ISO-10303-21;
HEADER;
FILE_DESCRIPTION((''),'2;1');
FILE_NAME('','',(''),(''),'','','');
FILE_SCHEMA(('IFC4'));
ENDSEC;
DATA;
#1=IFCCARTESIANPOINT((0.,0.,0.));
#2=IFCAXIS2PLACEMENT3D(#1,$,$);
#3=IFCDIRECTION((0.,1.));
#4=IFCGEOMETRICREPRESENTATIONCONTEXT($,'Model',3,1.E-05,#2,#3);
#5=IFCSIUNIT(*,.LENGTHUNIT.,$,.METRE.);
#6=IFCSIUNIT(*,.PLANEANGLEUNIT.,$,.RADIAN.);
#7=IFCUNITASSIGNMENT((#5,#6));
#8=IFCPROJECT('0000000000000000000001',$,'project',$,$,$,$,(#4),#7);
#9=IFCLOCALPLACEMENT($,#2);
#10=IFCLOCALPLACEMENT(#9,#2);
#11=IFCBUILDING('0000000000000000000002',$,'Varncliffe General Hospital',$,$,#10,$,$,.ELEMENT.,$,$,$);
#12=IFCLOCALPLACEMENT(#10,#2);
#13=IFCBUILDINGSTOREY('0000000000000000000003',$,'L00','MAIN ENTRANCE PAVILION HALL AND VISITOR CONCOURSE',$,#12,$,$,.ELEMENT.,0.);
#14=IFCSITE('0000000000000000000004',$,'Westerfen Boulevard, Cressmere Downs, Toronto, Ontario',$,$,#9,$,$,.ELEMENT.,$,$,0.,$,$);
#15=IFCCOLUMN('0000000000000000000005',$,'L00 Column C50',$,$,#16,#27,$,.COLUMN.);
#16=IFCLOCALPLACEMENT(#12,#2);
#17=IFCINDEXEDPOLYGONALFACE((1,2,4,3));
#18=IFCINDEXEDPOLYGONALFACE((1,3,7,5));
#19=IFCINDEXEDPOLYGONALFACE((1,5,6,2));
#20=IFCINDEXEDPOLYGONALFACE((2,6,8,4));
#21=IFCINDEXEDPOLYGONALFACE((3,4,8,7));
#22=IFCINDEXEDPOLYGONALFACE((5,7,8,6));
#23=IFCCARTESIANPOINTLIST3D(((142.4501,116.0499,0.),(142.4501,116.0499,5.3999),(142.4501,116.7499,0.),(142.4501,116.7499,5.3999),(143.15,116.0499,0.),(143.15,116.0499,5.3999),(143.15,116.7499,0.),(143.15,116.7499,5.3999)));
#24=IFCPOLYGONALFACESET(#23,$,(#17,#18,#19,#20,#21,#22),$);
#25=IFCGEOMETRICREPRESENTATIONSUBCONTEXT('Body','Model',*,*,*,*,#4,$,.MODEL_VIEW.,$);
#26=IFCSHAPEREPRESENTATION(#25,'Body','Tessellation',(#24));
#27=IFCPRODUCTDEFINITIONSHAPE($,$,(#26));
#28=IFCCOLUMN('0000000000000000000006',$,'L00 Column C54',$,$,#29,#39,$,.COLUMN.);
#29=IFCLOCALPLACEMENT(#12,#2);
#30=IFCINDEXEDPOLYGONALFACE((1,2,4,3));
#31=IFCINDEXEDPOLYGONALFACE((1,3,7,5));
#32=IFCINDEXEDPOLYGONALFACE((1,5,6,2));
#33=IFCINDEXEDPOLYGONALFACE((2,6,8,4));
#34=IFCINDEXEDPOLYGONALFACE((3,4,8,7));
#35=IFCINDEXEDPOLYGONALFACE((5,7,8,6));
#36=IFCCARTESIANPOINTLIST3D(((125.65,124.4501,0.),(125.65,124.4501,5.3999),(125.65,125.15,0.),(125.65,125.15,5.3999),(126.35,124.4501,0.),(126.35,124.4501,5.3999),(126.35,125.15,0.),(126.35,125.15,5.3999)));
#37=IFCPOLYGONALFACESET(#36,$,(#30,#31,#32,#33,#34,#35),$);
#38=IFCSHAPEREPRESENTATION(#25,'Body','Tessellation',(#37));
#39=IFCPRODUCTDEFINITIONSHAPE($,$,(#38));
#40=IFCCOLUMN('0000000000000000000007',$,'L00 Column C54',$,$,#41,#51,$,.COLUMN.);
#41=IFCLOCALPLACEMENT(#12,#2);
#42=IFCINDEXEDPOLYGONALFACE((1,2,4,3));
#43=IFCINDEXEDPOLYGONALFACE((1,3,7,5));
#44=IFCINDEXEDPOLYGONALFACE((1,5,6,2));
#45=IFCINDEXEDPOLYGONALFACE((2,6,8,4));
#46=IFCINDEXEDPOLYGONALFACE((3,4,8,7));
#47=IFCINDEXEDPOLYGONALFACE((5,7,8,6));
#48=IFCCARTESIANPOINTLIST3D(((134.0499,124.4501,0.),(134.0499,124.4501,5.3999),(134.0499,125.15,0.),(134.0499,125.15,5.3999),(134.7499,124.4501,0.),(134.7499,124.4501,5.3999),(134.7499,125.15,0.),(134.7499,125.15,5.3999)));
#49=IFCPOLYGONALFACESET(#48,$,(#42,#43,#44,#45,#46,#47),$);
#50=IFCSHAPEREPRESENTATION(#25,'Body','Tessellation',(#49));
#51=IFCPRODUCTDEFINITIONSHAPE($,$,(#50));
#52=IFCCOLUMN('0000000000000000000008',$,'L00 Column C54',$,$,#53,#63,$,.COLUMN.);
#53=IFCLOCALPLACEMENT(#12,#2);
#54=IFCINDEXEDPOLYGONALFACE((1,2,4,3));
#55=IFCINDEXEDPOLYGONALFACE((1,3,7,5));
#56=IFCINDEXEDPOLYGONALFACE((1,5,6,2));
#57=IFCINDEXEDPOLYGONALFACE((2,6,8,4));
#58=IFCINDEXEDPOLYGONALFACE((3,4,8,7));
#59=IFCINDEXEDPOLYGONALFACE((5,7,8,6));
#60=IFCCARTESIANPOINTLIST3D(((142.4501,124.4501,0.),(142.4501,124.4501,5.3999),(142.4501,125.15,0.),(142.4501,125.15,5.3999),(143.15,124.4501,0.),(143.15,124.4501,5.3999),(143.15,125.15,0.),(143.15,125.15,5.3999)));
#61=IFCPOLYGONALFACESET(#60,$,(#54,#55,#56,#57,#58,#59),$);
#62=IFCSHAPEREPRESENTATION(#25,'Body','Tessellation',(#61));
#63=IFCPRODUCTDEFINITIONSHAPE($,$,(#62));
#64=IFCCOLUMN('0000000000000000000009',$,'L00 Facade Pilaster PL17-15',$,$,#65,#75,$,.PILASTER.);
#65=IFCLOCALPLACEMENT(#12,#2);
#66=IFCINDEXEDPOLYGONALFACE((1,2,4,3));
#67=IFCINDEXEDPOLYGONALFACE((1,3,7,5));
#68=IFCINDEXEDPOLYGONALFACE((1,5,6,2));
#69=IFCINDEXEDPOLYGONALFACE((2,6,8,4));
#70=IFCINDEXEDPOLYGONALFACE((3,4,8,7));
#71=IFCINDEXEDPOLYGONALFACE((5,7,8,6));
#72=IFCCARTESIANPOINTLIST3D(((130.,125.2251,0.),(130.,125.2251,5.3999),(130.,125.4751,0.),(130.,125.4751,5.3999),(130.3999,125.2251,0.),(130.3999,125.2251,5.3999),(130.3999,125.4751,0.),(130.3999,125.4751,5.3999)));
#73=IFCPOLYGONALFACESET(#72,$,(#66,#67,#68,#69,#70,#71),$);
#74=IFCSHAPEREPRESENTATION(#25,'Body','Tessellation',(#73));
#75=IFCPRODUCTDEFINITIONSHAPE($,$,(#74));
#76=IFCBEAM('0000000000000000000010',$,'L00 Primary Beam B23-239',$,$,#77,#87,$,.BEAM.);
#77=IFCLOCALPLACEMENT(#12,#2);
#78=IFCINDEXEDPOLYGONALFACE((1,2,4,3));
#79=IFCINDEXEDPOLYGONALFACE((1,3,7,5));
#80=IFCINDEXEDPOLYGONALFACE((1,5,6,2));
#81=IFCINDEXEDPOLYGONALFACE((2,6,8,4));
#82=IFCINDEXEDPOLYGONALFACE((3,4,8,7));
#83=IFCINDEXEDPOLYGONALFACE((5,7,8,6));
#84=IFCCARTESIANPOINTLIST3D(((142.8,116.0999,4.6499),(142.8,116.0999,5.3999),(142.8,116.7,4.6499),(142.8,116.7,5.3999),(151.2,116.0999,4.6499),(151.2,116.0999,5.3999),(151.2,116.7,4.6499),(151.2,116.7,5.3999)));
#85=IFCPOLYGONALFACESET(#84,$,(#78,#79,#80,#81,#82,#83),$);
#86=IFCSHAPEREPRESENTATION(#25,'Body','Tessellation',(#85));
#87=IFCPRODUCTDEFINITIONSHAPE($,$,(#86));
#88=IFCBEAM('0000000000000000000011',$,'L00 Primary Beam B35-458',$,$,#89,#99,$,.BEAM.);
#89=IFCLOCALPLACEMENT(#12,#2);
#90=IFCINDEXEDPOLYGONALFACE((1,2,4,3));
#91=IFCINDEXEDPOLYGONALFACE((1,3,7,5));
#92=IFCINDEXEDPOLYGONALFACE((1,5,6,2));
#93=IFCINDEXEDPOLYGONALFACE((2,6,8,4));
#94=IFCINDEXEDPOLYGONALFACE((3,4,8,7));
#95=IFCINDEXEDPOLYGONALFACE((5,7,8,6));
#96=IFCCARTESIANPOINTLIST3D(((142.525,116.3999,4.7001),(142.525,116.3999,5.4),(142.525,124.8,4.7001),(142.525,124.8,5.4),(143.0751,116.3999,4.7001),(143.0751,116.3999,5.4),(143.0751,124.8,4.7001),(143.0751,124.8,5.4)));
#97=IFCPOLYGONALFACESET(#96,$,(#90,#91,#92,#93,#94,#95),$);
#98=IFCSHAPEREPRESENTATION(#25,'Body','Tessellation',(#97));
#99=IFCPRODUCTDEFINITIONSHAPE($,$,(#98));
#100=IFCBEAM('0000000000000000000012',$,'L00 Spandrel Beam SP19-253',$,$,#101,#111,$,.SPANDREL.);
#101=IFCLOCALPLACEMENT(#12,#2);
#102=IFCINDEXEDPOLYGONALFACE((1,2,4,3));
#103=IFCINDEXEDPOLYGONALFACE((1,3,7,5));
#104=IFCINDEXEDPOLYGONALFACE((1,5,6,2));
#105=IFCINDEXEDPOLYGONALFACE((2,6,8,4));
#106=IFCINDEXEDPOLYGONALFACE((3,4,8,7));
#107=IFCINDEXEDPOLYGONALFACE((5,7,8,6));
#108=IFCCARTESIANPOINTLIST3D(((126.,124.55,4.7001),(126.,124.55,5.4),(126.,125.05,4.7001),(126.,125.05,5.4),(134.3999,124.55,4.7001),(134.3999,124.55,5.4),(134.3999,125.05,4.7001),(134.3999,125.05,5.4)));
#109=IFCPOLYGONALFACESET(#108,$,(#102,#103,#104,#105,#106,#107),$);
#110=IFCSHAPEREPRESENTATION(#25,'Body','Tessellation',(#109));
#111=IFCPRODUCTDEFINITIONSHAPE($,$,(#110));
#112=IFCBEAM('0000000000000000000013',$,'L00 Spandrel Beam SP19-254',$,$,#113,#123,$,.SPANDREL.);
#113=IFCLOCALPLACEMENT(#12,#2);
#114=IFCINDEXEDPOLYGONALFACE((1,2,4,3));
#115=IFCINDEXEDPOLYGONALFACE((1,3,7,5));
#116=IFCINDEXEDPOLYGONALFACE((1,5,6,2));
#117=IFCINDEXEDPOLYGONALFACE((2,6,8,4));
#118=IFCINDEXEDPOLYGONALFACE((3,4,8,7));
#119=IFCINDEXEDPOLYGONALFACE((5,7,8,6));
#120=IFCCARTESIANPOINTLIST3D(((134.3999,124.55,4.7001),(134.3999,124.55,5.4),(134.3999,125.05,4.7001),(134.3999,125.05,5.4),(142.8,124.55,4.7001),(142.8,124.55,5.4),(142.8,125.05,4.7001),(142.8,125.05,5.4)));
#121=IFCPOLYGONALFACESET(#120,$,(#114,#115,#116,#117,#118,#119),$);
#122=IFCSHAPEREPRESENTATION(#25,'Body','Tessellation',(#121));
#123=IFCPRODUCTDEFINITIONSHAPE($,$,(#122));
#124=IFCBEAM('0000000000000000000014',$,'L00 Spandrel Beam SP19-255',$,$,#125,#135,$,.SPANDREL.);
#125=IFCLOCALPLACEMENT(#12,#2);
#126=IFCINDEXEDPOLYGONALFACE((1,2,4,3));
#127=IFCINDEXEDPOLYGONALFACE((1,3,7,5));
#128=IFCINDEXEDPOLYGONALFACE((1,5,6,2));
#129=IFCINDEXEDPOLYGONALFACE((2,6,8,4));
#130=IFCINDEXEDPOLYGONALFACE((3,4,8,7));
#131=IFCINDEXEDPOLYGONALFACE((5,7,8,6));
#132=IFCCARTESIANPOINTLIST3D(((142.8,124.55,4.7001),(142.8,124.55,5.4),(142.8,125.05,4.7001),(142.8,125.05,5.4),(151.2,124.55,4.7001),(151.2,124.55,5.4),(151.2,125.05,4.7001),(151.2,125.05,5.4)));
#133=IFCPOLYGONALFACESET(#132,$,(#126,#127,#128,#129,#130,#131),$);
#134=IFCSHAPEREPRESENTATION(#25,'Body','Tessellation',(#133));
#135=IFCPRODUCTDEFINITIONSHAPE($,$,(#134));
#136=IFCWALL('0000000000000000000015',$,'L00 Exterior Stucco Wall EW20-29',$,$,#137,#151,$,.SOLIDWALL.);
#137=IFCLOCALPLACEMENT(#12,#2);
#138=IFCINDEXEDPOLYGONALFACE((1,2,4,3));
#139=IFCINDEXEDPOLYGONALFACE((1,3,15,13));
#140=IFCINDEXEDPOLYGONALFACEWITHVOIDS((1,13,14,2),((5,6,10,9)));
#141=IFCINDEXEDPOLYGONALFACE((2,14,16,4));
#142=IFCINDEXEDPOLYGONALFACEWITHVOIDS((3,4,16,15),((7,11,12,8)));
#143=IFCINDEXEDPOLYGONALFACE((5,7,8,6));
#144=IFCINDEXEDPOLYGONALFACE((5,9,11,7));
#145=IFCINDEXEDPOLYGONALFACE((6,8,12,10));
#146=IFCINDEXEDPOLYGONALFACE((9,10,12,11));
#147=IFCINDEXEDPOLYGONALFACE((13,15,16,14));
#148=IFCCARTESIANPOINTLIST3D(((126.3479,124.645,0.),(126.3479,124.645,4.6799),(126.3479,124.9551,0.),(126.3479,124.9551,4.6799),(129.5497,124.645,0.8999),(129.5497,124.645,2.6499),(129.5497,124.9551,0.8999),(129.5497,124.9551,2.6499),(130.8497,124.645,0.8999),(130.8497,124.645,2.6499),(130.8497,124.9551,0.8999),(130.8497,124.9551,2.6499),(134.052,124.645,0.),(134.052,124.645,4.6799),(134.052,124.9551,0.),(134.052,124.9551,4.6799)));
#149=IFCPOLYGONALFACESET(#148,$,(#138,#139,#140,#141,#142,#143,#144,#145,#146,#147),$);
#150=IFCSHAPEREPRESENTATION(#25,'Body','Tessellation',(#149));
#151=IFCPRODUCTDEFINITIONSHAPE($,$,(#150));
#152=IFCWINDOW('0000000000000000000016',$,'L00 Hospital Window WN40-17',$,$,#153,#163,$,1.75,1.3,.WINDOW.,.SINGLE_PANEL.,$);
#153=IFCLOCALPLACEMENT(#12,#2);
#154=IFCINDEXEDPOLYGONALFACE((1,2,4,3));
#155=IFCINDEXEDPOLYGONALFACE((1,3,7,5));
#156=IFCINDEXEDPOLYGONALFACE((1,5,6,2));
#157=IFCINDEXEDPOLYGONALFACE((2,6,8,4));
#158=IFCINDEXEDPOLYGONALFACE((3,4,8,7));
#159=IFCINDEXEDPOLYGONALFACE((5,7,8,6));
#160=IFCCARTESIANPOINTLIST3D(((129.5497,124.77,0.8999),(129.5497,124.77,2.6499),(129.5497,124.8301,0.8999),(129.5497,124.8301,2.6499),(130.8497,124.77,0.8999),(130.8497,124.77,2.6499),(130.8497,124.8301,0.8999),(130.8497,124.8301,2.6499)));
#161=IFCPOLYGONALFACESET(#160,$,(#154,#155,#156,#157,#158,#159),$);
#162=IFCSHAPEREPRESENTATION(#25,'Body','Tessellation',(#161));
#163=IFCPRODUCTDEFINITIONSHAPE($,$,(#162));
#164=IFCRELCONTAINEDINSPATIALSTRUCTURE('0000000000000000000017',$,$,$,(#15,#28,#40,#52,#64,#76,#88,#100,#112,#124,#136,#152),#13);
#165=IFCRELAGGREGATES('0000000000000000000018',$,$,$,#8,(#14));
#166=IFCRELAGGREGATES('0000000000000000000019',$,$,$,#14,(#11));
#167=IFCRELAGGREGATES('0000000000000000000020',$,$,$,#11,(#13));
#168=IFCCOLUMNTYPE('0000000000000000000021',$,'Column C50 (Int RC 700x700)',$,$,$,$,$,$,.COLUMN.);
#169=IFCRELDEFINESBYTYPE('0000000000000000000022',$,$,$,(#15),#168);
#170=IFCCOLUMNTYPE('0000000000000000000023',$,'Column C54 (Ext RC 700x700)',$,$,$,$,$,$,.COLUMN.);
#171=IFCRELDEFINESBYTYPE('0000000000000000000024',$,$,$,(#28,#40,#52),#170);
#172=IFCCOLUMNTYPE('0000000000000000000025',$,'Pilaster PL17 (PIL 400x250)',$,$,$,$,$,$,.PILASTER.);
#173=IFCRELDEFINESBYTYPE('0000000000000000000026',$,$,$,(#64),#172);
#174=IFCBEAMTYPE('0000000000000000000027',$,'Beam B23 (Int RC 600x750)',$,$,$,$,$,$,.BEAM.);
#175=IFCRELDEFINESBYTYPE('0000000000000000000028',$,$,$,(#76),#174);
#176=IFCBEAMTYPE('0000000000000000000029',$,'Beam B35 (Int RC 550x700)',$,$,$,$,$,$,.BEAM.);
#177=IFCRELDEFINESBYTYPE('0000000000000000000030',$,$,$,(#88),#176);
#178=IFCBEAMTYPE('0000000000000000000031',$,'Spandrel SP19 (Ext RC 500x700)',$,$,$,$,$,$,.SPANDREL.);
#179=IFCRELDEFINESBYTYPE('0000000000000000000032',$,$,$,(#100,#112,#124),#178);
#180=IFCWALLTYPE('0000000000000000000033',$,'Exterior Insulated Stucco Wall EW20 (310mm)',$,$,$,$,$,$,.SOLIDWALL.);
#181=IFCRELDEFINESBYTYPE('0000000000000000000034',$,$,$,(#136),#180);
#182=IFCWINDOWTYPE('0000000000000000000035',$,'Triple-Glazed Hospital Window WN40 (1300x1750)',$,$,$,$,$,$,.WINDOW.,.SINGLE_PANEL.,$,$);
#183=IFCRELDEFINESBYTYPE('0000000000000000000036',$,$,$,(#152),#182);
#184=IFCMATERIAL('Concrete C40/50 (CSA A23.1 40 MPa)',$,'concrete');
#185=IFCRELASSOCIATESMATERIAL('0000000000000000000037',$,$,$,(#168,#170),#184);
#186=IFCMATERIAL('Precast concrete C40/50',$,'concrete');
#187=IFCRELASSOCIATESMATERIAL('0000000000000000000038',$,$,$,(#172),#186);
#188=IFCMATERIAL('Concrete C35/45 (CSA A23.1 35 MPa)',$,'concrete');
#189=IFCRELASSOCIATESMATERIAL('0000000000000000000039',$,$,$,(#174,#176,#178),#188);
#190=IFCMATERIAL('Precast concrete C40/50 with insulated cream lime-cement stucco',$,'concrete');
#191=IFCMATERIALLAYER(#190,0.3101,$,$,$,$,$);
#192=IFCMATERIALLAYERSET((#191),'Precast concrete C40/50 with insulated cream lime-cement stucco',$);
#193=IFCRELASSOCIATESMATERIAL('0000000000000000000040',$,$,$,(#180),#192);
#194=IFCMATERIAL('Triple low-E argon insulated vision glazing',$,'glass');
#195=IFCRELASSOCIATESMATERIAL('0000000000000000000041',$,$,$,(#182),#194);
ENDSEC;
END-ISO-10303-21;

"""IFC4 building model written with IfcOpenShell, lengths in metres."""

from ifc_helpers import new_model, si_unit, direction, frame, frame_2d, origin, origin_2d, place, context, subcontext, project, spatial, rectangle, extrude, material, layer, layer_set, material_profile, profile_set, type_object, element, fill, save


model = new_model("IFC4")

# Units and contexts
model_context = context("Model", 3, precision=1e-05, world=origin(), true_north=direction((0.0, 1.0)))
body_context = subcontext(model_context, "Body", "Model", "MODEL_VIEW")
ifc_project = project(units=[si_unit("LENGTHUNIT", "METRE"), si_unit("PLANEANGLEUNIT", "RADIAN")], contexts=[model_context])

# Site, building, storey
site_placement = place(None, origin())
site = spatial("IfcSite", under=ifc_project, at=site_placement, Name="Westerfen Boulevard, Cressmere Downs, Toronto, Ontario", CompositionType="ELEMENT", RefElevation=0.0)
building_placement = place(site_placement, origin())
building = spatial("IfcBuilding", under=site, at=building_placement, Name="Varncliffe General Hospital", CompositionType="ELEMENT")
storey_placement = place(building_placement, origin())
storey = spatial("IfcBuildingStorey", under=building, at=storey_placement, Name="L00", Description="MAIN ENTRANCE PAVILION HALL AND VISITOR CONCOURSE", CompositionType="ELEMENT", Elevation=0.0)

# Columns
ifc_material_1 = material(Name="Concrete C40/50 (CSA A23.1 40 MPa)", Category="concrete")
ifc_material_profile_1 = material_profile(ifc_material_1, rectangle(XDim=0.7, YDim=0.7, at=origin_2d()), Name="RC 700x700")
ifc_profile_set_1 = profile_set([ifc_material_profile_1], Name="Concrete C40/50 (CSA A23.1 40 MPa)")
column_type_1 = type_object("IfcColumnType", Name="Column C50 (Int RC 700x700)", PredefinedType="COLUMN", material=ifc_profile_set_1)
column_1_placement = place(storey_placement, frame((142.8, 116.3999, 0.0), z_axis=(0.0, 0.0, 1.0), x_axis=(1.0, 0.0, 0.0)))
element("IfcColumn", 1, at=column_1_placement, inside=storey, type_object=column_type_1, Name="L00 Column C50", PredefinedType="COLUMN", context=body_context, shape_type="SweptSolid", body=[
    extrude(rectangle(XDim=0.7, YDim=0.7, at=origin_2d()), origin(), (0.0, 0.0, 1.0), 5.3999),
])
ifc_material_profile_2 = material_profile(ifc_material_1, rectangle(XDim=0.7, YDim=0.7, at=origin_2d()), Name="RC 700x700")
ifc_profile_set_2 = profile_set([ifc_material_profile_2], Name="Concrete C40/50 (CSA A23.1 40 MPa)")
column_type_2 = type_object("IfcColumnType", Name="Column C54 (Ext RC 700x700)", PredefinedType="COLUMN", material=ifc_profile_set_2)
for number, where, z_axis, x_axis, name in (
    (2, (126.0, 124.8, 0.0), (0.0, 0.0, 1.0), (1.0, 0.0, 0.0), "L00 Column C54"),
    (3, (134.3999, 124.8, 0.0), (0.0, 0.0, 1.0), (1.0, 0.0, 0.0), "L00 Column C54"),
    (4, (142.8, 124.8, 0.0), (0.0, 0.0, 1.0), (1.0, 0.0, 0.0), "L00 Column C54"),
):
    element("IfcColumn", number, at=place(storey_placement, frame(where, z_axis=z_axis, x_axis=x_axis)), inside=storey, type_object=column_type_2, Name=name, PredefinedType="COLUMN", context=body_context, shape_type="SweptSolid", body=[
        extrude(rectangle(XDim=0.7, YDim=0.7, at=origin_2d()), origin(), (0.0, 0.0, 1.0), 5.3999),
    ])
ifc_material_2 = material(Name="Precast concrete C40/50", Category="concrete")
ifc_material_profile_3 = material_profile(ifc_material_2, rectangle(XDim=0.3999, YDim=0.25, at=origin_2d()), Name="PIL 400x250")
ifc_profile_set_3 = profile_set([ifc_material_profile_3], Name="Precast concrete C40/50")
column_type_3 = type_object("IfcColumnType", Name="Pilaster PL17 (PIL 400x250)", PredefinedType="PILASTER", material=ifc_profile_set_3)
column_2_placement = place(storey_placement, frame((130.2, 125.3501, 0.0), z_axis=(0.0, 0.0, 1.0), x_axis=(1.0, 0.0, 0.0)))
element("IfcColumn", 5, at=column_2_placement, inside=storey, type_object=column_type_3, Name="L00 Facade Pilaster PL17-15", PredefinedType="PILASTER", context=body_context, shape_type="SweptSolid", body=[
    extrude(rectangle(XDim=0.3999, YDim=0.25, at=origin_2d()), origin(), (0.0, 0.0, 1.0), 5.3999),
])

# Beams
ifc_material_3 = material(Name="Concrete C35/45 (CSA A23.1 35 MPa)", Category="concrete")
ifc_material_profile_4 = material_profile(ifc_material_3, rectangle(XDim=0.6001, YDim=0.75, at=origin_2d()), Name="RC 600x750")
ifc_profile_set_4 = profile_set([ifc_material_profile_4], Name="Concrete C35/45 (CSA A23.1 35 MPa)")
beam_type_1 = type_object("IfcBeamType", Name="Beam B23 (Int RC 600x750)", PredefinedType="BEAM", material=ifc_profile_set_4)
beam_1_placement = place(storey_placement, frame((142.8, 116.3999, 5.0249), z_axis=(1.0, 0.0, 0.0), x_axis=(0.0, 1.0, 0.0)))
element("IfcBeam", 6, at=beam_1_placement, inside=storey, type_object=beam_type_1, Name="L00 Primary Beam B23-239", PredefinedType="BEAM", context=body_context, shape_type="SweptSolid", body=[
    extrude(rectangle(XDim=0.6001, YDim=0.75, at=origin_2d()), origin(), (0.0, 0.0, 1.0), 8.3999),
])
ifc_material_profile_5 = material_profile(ifc_material_3, rectangle(XDim=0.55, YDim=0.7, at=origin_2d()), Name="RC 550x700")
ifc_profile_set_5 = profile_set([ifc_material_profile_5], Name="Concrete C35/45 (CSA A23.1 35 MPa)")
beam_type_2 = type_object("IfcBeamType", Name="Beam B35 (Int RC 550x700)", PredefinedType="BEAM", material=ifc_profile_set_5)
beam_2_placement = place(storey_placement, frame((142.8, 116.3999, 5.05), z_axis=(0.0, 1.0, 0.0), x_axis=(-1.0, 0.0, 0.0)))
element("IfcBeam", 7, at=beam_2_placement, inside=storey, type_object=beam_type_2, Name="L00 Primary Beam B35-458", PredefinedType="BEAM", context=body_context, shape_type="SweptSolid", body=[
    extrude(rectangle(XDim=0.55, YDim=0.7, at=origin_2d()), origin(), (0.0, 0.0, 1.0), 8.4001),
])
ifc_material_profile_6 = material_profile(ifc_material_3, rectangle(XDim=0.5, YDim=0.7, at=origin_2d()), Name="RC 500x700")
ifc_profile_set_6 = profile_set([ifc_material_profile_6], Name="Concrete C35/45 (CSA A23.1 35 MPa)")
beam_type_3 = type_object("IfcBeamType", Name="Spandrel SP19 (Ext RC 500x700)", PredefinedType="SPANDREL", material=ifc_profile_set_6)
beam_3_placement = place(storey_placement, frame((126.0, 124.8, 5.05), z_axis=(1.0, 0.0, 0.0), x_axis=(0.0, 1.0, 0.0)))
element("IfcBeam", 8, at=beam_3_placement, inside=storey, type_object=beam_type_3, Name="L00 Spandrel Beam SP19-253", PredefinedType="SPANDREL", context=body_context, shape_type="SweptSolid", body=[
    extrude(rectangle(XDim=0.5, YDim=0.7, at=origin_2d()), origin(), (0.0, 0.0, 1.0), 8.3999),
])
beam_4_placement = place(storey_placement, frame((134.3999, 124.8, 5.05), z_axis=(1.0, 0.0, 0.0), x_axis=(0.0, 1.0, 0.0)))
element("IfcBeam", 9, at=beam_4_placement, inside=storey, type_object=beam_type_3, Name="L00 Spandrel Beam SP19-254", PredefinedType="SPANDREL", context=body_context, shape_type="SweptSolid", body=[
    extrude(rectangle(XDim=0.5, YDim=0.7, at=origin_2d()), origin(), (0.0, 0.0, 1.0), 8.4001),
])
beam_5_placement = place(storey_placement, frame((142.8, 124.8, 5.05), z_axis=(1.0, 0.0, 0.0), x_axis=(0.0, 1.0, 0.0)))
element("IfcBeam", 10, at=beam_5_placement, inside=storey, type_object=beam_type_3, Name="L00 Spandrel Beam SP19-255", PredefinedType="SPANDREL", context=body_context, shape_type="SweptSolid", body=[
    extrude(rectangle(XDim=0.5, YDim=0.7, at=origin_2d()), origin(), (0.0, 0.0, 1.0), 8.3999),
])

# Wall, opening, window
ifc_material_4 = material(Name="Precast concrete C40/50 with insulated cream lime-cement stucco", Category="concrete")
ifc_layer_1 = layer(ifc_material_4, 0.3101)
ifc_layer_set_1 = layer_set([ifc_layer_1], Name="Precast concrete C40/50 with insulated cream lime-cement stucco")
wall_type_1 = type_object("IfcWallType", Name="Exterior Insulated Stucco Wall EW20 (310mm)", PredefinedType="SOLIDWALL", material=ifc_layer_set_1)
wall_1_placement = place(storey_placement, frame((126.3479, 124.8, 0.0), z_axis=(0.0, 0.0, 1.0), x_axis=(1.0, 0.0, 0.0)))
wall_1 = element("IfcWall", 11, at=wall_1_placement, inside=storey, type_object=wall_type_1, Name="L00 Exterior Stucco Wall EW20-29", PredefinedType="SOLIDWALL", context=body_context, shape_type="SweptSolid", body=[
    extrude(rectangle(XDim=7.7041, YDim=0.3101, at=frame_2d((3.8521, 0.0))), origin(), (0.0, 0.0, 1.0), 4.6799),
])
opening_1_placement = place(wall_1_placement, frame((3.2019, 0.0, 0.8999)))
opening_1 = element("IfcOpeningElement", 12, at=opening_1_placement, cuts=wall_1, PredefinedType="OPENING", context=body_context, shape_type="SweptSolid", body=[
    extrude(rectangle(XDim=1.3, YDim=1.75, at=frame_2d((0.6499, 0.875))), frame((0.0, 0.165, 0.0), z_axis=(0.0, -1.0, 0.0), x_axis=(1.0, 0.0, 0.0)), (0.0, 0.0, 1.0), 0.3301),
])
ifc_material_5 = material(Name="Triple low-E argon insulated vision glazing", Category="glass")
window_type_1 = type_object("IfcWindowType", Name="Triple-Glazed Hospital Window WN40 (1300x1750)", PartitioningType="SINGLE_PANEL", PredefinedType="WINDOW", material=ifc_material_5)
window_1_placement = place(opening_1_placement, origin())
window_1 = element("IfcWindow", 13, at=window_1_placement, inside=storey, type_object=window_type_1, Name="L00 Hospital Window WN40-17", OverallHeight=1.75, OverallWidth=1.3, PartitioningType="SINGLE_PANEL", PredefinedType="WINDOW", context=body_context, shape_type="SweptSolid", body=[
    extrude(rectangle(XDim=1.3, YDim=1.75, at=frame_2d((0.6499, 0.875))), frame((0.0, 0.03, 0.0), z_axis=(0.0, -1.0, 0.0), x_axis=(1.0, 0.0, 0.0)), (0.0, 0.0, 1.0), 0.0601),
])
fill(opening_1, window_1)

save(model, "model.ifc")
